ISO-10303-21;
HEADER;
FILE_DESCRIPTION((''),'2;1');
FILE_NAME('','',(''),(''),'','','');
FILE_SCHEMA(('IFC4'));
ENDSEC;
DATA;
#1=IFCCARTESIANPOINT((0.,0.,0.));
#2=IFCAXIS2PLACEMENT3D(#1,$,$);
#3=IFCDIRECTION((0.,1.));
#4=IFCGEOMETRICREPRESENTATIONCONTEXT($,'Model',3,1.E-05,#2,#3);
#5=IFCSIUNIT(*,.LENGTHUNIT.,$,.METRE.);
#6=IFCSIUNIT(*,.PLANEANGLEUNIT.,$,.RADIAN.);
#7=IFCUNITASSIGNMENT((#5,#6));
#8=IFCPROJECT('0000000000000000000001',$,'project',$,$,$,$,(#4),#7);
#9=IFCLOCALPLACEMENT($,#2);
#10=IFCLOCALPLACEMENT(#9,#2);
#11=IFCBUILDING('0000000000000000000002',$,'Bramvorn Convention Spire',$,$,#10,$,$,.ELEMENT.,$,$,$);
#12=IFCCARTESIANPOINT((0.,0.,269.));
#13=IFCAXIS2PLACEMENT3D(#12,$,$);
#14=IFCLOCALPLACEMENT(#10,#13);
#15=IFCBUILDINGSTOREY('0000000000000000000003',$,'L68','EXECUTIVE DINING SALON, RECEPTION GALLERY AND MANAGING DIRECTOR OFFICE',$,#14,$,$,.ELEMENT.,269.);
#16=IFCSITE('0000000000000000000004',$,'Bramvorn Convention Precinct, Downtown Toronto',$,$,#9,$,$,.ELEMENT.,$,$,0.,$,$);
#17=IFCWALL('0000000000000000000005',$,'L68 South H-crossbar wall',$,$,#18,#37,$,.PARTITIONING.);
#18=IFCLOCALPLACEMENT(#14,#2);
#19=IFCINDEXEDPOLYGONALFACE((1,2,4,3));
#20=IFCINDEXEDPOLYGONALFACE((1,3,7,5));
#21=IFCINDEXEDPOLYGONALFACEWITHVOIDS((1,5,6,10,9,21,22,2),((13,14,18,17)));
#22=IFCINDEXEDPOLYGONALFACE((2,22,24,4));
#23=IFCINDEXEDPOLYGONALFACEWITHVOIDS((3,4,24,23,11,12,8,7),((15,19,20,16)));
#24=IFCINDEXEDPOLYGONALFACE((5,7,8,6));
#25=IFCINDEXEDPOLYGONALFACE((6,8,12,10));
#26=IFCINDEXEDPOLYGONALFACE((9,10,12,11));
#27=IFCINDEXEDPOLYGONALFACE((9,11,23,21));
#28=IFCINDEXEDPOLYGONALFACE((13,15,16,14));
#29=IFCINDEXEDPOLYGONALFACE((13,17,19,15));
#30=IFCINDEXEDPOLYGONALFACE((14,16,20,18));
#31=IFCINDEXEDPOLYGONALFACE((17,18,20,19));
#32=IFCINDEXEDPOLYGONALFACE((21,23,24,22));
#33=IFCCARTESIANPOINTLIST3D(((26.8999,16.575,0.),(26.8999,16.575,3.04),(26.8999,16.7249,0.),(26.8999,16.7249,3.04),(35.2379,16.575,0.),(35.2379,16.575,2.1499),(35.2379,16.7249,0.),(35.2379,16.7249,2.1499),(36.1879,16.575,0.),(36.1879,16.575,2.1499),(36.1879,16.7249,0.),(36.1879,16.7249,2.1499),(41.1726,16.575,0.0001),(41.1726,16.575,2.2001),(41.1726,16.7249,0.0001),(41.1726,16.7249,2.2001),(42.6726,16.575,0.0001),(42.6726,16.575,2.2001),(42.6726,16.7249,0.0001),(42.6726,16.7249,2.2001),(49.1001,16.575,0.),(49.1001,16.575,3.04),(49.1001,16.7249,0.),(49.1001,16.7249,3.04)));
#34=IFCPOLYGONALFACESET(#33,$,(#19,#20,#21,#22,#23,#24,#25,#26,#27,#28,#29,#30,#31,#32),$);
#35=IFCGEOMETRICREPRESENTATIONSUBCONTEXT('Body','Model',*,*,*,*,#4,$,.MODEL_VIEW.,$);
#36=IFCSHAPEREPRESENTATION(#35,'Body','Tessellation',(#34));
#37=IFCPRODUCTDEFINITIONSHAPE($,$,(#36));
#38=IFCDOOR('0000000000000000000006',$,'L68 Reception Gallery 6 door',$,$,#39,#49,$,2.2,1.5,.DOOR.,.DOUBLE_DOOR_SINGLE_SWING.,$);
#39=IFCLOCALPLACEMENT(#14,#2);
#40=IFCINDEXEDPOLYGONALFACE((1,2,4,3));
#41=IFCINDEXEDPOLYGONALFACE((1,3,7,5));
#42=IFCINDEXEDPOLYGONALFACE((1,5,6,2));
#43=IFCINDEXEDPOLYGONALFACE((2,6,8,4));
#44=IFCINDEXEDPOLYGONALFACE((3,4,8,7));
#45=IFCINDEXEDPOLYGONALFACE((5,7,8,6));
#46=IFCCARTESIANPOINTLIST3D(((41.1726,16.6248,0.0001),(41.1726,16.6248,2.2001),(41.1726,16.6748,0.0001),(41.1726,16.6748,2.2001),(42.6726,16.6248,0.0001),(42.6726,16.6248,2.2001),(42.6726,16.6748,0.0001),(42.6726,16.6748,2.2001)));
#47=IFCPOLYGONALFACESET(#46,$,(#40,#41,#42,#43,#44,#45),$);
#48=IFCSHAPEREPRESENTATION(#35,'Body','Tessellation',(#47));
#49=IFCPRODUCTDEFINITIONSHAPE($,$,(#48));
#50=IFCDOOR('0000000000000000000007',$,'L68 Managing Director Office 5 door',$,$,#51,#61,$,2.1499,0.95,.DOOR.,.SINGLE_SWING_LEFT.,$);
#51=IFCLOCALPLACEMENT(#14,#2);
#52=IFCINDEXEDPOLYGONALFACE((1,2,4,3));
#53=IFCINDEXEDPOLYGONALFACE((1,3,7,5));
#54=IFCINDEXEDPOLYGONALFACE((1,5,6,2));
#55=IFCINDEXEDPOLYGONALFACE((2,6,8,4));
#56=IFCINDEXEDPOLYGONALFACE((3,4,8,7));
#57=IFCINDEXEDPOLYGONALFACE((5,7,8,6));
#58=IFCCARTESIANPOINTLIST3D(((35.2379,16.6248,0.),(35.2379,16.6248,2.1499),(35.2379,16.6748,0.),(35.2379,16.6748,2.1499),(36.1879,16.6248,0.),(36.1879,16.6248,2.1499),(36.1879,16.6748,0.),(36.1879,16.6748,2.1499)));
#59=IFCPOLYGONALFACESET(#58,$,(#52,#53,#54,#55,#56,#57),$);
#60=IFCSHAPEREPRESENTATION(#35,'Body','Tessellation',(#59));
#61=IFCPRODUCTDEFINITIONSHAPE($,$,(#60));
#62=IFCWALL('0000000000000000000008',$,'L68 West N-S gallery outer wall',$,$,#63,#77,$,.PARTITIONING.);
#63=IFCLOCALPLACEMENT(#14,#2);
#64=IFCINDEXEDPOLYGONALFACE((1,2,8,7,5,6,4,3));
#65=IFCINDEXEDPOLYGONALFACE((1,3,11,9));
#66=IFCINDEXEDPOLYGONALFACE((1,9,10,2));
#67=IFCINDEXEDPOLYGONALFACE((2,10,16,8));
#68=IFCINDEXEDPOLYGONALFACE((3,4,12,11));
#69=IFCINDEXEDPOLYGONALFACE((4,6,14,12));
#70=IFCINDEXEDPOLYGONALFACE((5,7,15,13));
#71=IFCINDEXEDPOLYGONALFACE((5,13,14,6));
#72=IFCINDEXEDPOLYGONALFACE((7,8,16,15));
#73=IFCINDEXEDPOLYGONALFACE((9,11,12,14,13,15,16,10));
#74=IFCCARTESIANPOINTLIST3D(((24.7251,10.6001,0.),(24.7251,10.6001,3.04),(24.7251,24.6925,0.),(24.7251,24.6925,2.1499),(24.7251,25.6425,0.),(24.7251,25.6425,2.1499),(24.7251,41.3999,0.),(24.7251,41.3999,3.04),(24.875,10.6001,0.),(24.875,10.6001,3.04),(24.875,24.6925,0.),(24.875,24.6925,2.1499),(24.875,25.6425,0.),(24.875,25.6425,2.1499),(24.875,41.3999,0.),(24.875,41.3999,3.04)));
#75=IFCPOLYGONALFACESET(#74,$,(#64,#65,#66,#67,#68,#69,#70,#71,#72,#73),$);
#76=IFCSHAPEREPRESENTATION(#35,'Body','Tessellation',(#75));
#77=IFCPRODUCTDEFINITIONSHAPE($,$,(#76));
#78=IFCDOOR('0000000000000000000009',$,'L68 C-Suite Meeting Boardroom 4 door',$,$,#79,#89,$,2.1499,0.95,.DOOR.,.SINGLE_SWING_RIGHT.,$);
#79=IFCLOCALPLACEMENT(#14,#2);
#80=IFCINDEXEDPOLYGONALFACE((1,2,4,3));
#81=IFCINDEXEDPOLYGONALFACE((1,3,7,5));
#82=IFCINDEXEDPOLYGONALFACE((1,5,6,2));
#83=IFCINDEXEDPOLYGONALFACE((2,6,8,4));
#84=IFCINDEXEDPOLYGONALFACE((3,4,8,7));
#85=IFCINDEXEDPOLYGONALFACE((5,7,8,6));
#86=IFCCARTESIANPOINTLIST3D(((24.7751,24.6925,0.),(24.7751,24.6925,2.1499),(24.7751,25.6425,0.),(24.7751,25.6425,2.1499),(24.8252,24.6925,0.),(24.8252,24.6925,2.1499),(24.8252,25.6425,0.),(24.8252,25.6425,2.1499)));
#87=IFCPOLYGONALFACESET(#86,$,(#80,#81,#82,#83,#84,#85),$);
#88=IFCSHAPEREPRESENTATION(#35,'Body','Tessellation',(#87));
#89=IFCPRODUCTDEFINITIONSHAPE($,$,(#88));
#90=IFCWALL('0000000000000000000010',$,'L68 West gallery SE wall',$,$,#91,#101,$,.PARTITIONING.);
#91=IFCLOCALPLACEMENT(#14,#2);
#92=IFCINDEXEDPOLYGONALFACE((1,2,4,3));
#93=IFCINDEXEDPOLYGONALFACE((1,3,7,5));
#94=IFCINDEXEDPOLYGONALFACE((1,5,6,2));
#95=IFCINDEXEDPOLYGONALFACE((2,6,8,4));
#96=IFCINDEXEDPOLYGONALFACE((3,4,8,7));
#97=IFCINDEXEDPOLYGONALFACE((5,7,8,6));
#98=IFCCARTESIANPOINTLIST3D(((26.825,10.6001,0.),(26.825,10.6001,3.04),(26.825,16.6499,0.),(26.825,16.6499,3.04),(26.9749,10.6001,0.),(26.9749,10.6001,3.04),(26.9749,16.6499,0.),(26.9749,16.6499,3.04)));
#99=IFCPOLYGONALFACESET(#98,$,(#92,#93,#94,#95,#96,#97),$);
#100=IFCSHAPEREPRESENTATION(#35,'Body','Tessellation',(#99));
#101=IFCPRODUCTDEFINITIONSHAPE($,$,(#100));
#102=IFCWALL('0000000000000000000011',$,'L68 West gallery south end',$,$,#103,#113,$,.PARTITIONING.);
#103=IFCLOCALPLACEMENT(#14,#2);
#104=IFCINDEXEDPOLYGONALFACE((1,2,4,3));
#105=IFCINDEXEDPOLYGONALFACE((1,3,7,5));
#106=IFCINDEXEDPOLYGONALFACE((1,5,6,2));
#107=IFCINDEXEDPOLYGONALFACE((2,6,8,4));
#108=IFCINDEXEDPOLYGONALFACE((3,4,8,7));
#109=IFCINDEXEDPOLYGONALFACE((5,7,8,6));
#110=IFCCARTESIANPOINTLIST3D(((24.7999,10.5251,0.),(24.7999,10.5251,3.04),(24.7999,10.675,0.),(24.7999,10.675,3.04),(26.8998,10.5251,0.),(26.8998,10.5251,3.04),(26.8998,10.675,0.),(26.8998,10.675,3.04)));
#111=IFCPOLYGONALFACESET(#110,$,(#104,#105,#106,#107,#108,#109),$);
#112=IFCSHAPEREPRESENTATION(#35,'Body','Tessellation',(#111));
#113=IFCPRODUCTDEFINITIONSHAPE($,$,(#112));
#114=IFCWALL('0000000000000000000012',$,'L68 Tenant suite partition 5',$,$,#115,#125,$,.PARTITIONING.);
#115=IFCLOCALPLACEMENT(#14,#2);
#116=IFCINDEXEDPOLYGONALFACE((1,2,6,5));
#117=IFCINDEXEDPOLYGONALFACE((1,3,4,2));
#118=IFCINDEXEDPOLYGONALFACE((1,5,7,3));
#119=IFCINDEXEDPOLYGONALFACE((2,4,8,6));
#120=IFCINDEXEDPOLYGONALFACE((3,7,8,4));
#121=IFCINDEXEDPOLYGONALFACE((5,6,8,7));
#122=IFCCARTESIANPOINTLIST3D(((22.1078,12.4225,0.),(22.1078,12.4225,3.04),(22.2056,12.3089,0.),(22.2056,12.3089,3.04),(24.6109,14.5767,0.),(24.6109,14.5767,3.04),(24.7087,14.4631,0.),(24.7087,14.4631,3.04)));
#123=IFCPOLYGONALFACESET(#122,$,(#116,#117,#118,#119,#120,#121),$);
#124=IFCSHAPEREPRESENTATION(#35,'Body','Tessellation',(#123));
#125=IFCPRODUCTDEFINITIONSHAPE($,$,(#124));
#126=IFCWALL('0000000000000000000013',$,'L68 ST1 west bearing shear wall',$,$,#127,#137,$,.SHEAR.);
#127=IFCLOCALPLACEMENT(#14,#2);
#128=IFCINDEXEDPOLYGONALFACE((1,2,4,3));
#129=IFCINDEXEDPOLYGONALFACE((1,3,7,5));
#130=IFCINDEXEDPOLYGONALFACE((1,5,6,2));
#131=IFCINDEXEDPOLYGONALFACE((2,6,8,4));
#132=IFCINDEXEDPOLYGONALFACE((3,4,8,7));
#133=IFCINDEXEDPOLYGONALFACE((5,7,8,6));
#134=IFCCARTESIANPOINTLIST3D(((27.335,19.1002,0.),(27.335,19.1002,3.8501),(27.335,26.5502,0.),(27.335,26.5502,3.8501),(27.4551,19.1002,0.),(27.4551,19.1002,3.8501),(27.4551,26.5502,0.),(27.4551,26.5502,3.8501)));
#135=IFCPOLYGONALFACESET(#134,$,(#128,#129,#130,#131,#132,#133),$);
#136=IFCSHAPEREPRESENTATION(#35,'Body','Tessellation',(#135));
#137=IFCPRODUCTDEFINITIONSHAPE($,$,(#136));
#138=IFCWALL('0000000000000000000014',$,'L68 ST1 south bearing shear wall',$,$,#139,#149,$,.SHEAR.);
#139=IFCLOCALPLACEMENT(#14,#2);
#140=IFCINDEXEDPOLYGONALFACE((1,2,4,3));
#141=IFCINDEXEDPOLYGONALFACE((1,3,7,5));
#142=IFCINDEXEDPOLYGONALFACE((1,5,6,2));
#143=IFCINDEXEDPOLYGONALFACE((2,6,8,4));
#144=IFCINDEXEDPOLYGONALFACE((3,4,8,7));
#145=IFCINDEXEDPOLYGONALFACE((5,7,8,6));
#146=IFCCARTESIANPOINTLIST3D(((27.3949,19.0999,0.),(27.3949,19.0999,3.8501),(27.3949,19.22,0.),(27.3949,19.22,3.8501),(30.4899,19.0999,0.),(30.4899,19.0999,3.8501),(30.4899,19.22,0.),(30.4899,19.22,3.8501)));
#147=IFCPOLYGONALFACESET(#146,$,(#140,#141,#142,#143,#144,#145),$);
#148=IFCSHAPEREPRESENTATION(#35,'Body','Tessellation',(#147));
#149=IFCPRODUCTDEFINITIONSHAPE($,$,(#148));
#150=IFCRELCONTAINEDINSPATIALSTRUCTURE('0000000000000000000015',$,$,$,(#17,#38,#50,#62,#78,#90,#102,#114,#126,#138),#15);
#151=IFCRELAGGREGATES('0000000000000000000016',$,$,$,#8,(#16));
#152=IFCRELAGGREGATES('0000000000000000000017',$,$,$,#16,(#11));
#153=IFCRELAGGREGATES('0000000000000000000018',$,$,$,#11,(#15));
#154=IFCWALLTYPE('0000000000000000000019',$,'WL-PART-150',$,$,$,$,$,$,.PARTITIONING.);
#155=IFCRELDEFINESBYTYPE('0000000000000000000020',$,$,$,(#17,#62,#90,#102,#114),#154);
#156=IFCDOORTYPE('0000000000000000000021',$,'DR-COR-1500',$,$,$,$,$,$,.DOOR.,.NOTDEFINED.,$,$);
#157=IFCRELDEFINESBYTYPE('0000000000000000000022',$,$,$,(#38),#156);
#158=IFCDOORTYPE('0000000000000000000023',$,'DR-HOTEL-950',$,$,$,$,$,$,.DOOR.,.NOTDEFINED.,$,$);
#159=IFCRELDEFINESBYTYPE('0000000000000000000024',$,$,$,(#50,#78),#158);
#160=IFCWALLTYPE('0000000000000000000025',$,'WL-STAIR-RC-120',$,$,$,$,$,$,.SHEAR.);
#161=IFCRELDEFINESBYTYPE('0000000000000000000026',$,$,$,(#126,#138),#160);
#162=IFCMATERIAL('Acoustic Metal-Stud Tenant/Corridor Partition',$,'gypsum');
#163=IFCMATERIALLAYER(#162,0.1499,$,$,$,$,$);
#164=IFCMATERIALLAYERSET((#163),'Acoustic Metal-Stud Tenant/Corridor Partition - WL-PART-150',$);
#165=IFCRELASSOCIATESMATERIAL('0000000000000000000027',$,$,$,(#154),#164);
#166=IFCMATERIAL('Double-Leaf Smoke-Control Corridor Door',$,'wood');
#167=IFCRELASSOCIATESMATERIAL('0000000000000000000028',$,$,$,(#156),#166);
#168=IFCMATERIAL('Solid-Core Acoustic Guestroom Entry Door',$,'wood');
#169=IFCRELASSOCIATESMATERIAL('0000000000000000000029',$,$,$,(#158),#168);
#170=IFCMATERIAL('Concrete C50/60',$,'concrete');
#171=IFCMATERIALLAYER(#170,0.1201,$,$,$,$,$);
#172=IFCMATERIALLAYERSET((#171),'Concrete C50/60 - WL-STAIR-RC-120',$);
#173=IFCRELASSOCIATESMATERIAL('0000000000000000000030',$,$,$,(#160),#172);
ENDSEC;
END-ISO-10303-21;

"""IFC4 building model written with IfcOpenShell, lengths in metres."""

from ifc_helpers import new_model, si_unit, direction, frame, frame_2d, origin, place, context, subcontext, project, spatial, rectangle, extrude, material, layer, layer_set, type_object, element, fill, save


model = new_model("IFC4")

# Units and contexts
model_context = context("Model", 3, precision=1e-05, world=origin(), true_north=direction((0.0, 1.0)))
body_context = subcontext(model_context, "Body", "Model", "MODEL_VIEW")
ifc_project = project(units=[si_unit("LENGTHUNIT", "METRE"), si_unit("PLANEANGLEUNIT", "RADIAN")], contexts=[model_context])

# Site, building, storey
site_placement = place(None, origin())
site = spatial("IfcSite", under=ifc_project, at=site_placement, Name="Bramvorn Convention Precinct, Downtown Toronto", CompositionType="ELEMENT", RefElevation=0.0)
building_placement = place(site_placement, origin())
building = spatial("IfcBuilding", under=site, at=building_placement, Name="Bramvorn Convention Spire", CompositionType="ELEMENT")
storey_placement = place(building_placement, frame((0.0, 0.0, 269.0)))
storey = spatial("IfcBuildingStorey", under=building, at=storey_placement, Name="L68", Description="EXECUTIVE DINING SALON, RECEPTION GALLERY AND MANAGING DIRECTOR OFFICE", CompositionType="ELEMENT", Elevation=269.0)

# Shared definitions
ifc_material_1 = material(Name="Concrete C50/60", Category="concrete")

# Wall, openings, doors
ifc_material_2 = material(Name="Acoustic Metal-Stud Tenant/Corridor Partition", Category="gypsum")
ifc_layer_1 = layer(ifc_material_2, 0.1499)
ifc_layer_set_1 = layer_set([ifc_layer_1], Name="Acoustic Metal-Stud Tenant/Corridor Partition - WL-PART-150")
wall_type_1 = type_object("IfcWallType", Name="WL-PART-150", PredefinedType="PARTITIONING", material=ifc_layer_set_1)
wall_1_placement = place(storey_placement, frame((26.8999, 16.6499, 0.0), z_axis=(0.0, 0.0, 1.0), x_axis=(1.0, 0.0, 0.0)))
wall_1 = element("IfcWall", 1, at=wall_1_placement, inside=storey, type_object=wall_type_1, Name="L68 South H-crossbar wall", PredefinedType="PARTITIONING", context=body_context, shape_type="SweptSolid", body=[
    extrude(rectangle(XDim=22.2002, YDim=0.1499, at=frame_2d((11.1001, 0.0))), origin(), (0.0, 0.0, 1.0), 3.04),
])
opening_1_placement = place(wall_1_placement, frame((8.3379, 0.0, 0.0)))
opening_1 = element("IfcOpeningElement", 2, at=opening_1_placement, cuts=wall_1, PredefinedType="OPENING", context=body_context, shape_type="SweptSolid", body=[
    extrude(rectangle(XDim=0.95, YDim=2.1499, at=frame_2d((0.4751, 1.075))), frame((0.0, 0.085, 0.0), z_axis=(0.0, -1.0, 0.0), x_axis=(1.0, 0.0, 0.0)), (0.0, 0.0, 1.0), 0.1699),
])
opening_2_placement = place(wall_1_placement, frame((14.2727, 0.0, 0.0)))
opening_2 = element("IfcOpeningElement", 3, at=opening_2_placement, cuts=wall_1, PredefinedType="OPENING", context=body_context, shape_type="SweptSolid", body=[
    extrude(rectangle(XDim=1.5, YDim=2.2, at=frame_2d((0.75, 1.1001))), frame((0.0, 0.085, 0.0), z_axis=(0.0, -1.0, 0.0), x_axis=(1.0, 0.0, 0.0)), (0.0, 0.0, 1.0), 0.1699),
])
ifc_material_3 = material(Name="Double-Leaf Smoke-Control Corridor Door", Category="wood")
door_type_1 = type_object("IfcDoorType", Name="DR-COR-1500", OperationType="NOTDEFINED", PredefinedType="DOOR", material=ifc_material_3)
door_1_placement = place(opening_2_placement, origin())
door_1 = element("IfcDoor", 4, at=door_1_placement, inside=storey, type_object=door_type_1, Name="L68 Reception Gallery 6 door", OperationType="DOUBLE_DOOR_SINGLE_SWING", OverallHeight=2.2, OverallWidth=1.5, PredefinedType="DOOR", context=body_context, shape_type="SweptSolid", body=[
    extrude(rectangle(XDim=1.5, YDim=2.2, at=frame_2d((0.75, 1.1001))), frame((0.0, 0.0249, 0.0), z_axis=(0.0, -1.0, 0.0), x_axis=(1.0, 0.0, 0.0)), (0.0, 0.0, 1.0), 0.05),
])
fill(opening_2, door_1)
ifc_material_4 = material(Name="Solid-Core Acoustic Guestroom Entry Door", Category="wood")
door_type_2 = type_object("IfcDoorType", Name="DR-HOTEL-950", OperationType="NOTDEFINED", PredefinedType="DOOR", material=ifc_material_4)
door_2_placement = place(opening_1_placement, origin())
door_2 = element("IfcDoor", 5, at=door_2_placement, inside=storey, type_object=door_type_2, Name="L68 Managing Director Office 5 door", OperationType="SINGLE_SWING_LEFT", OverallHeight=2.1499, OverallWidth=0.95, PredefinedType="DOOR", context=body_context, shape_type="SweptSolid", body=[
    extrude(rectangle(XDim=0.95, YDim=2.1499, at=frame_2d((0.4751, 1.075))), frame((0.0, 0.0249, 0.0), z_axis=(0.0, -1.0, 0.0), x_axis=(1.0, 0.0, 0.0)), (0.0, 0.0, 1.0), 0.05),
])
fill(opening_1, door_2)

# Wall, opening, door
wall_2_placement = place(storey_placement, frame((24.8, 10.6001, 0.0), z_axis=(0.0, 0.0, 1.0), x_axis=(0.0, 1.0, 0.0)))
wall_2 = element("IfcWall", 6, at=wall_2_placement, inside=storey, type_object=wall_type_1, Name="L68 West N-S gallery outer wall", PredefinedType="PARTITIONING", context=body_context, shape_type="SweptSolid", body=[
    extrude(rectangle(XDim=30.7998, YDim=0.1499, at=frame_2d((15.3999, 0.0))), origin(), (0.0, 0.0, 1.0), 3.04),
])
opening_3_placement = place(wall_2_placement, frame((14.0923, 0.0, 0.0)))
opening_3 = element("IfcOpeningElement", 7, at=opening_3_placement, cuts=wall_2, PredefinedType="OPENING", context=body_context, shape_type="SweptSolid", body=[
    extrude(rectangle(XDim=0.95, YDim=2.1499, at=frame_2d((0.4751, 1.075))), frame((0.0, 0.085, 0.0), z_axis=(0.0, -1.0, 0.0), x_axis=(1.0, 0.0, 0.0)), (0.0, 0.0, 1.0), 0.1699),
])
door_3_placement = place(opening_3_placement, origin())
door_3 = element("IfcDoor", 8, at=door_3_placement, inside=storey, type_object=door_type_2, Name="L68 C-Suite Meeting Boardroom 4 door", OperationType="SINGLE_SWING_RIGHT", OverallHeight=2.1499, OverallWidth=0.95, PredefinedType="DOOR", context=body_context, shape_type="SweptSolid", body=[
    extrude(rectangle(XDim=0.95, YDim=2.1499, at=frame_2d((0.4751, 1.075))), frame((0.0, 0.0249, 0.0), z_axis=(0.0, -1.0, 0.0), x_axis=(1.0, 0.0, 0.0)), (0.0, 0.0, 1.0), 0.05),
])
fill(opening_3, door_3)

# Walls
wall_3_placement = place(storey_placement, frame((26.8999, 10.6001, 0.0), z_axis=(0.0, 0.0, 1.0), x_axis=(0.0, 1.0, 0.0)))
element("IfcWall", 9, at=wall_3_placement, inside=storey, type_object=wall_type_1, Name="L68 West gallery SE wall", PredefinedType="PARTITIONING", context=body_context, shape_type="SweptSolid", body=[
    extrude(rectangle(XDim=6.0498, YDim=0.1499, at=frame_2d((3.0249, 0.0))), origin(), (0.0, 0.0, 1.0), 3.04),
])
wall_4_placement = place(storey_placement, frame((24.8, 10.6001, 0.0), z_axis=(0.0, 0.0, 1.0), x_axis=(1.0, 0.0, 0.0)))
element("IfcWall", 10, at=wall_4_placement, inside=storey, type_object=wall_type_1, Name="L68 West gallery south end", PredefinedType="PARTITIONING", context=body_context, shape_type="SweptSolid", body=[
    extrude(rectangle(XDim=2.0999, YDim=0.1499, at=frame_2d((1.0498, 0.0))), origin(), (0.0, 0.0, 1.0), 3.04),
])
wall_5_placement = place(storey_placement, frame((24.6599, 14.52, 0.0), z_axis=(0.0, 0.0, 1.0), x_axis=(-0.757951, -0.652312, 0.0)))
element("IfcWall", 11, at=wall_5_placement, inside=storey, type_object=wall_type_1, Name="L68 Tenant suite partition 5", PredefinedType="PARTITIONING", context=body_context, shape_type="SweptSolid", body=[
    extrude(rectangle(XDim=3.3025, YDim=0.1499, at=frame_2d((1.6514, 0.0))), origin(), (0.0, 0.0, 1.0), 3.04),
])
ifc_layer_2 = layer(ifc_material_1, 0.1201)
ifc_layer_set_2 = layer_set([ifc_layer_2], Name="Concrete C50/60 - WL-STAIR-RC-120")
wall_type_2 = type_object("IfcWallType", Name="WL-STAIR-RC-120", PredefinedType="SHEAR", material=ifc_layer_set_2)
wall_6_placement = place(storey_placement, frame((27.395, 19.1001, 0.0), z_axis=(0.0, 0.0, 1.0), x_axis=(0.0, 1.0, 0.0)))
element("IfcWall", 12, at=wall_6_placement, inside=storey, type_object=wall_type_2, Name="L68 ST1 west bearing shear wall", PredefinedType="SHEAR", context=body_context, shape_type="SweptSolid", body=[
    extrude(rectangle(XDim=7.45, YDim=0.1201, at=frame_2d((3.7251, 0.0))), origin(), (0.0, 0.0, 1.0), 3.8501),
])
wall_7_placement = place(storey_placement, frame((27.395, 19.1599, 0.0), z_axis=(0.0, 0.0, 1.0), x_axis=(1.0, 0.0, 0.0)))
element("IfcWall", 13, at=wall_7_placement, inside=storey, type_object=wall_type_2, Name="L68 ST1 south bearing shear wall", PredefinedType="SHEAR", context=body_context, shape_type="SweptSolid", body=[
    extrude(rectangle(XDim=3.095, YDim=0.1201, at=frame_2d((1.5474, 0.0))), origin(), (0.0, 0.0, 1.0), 3.8501),
])

save(model, "model.ifc")
